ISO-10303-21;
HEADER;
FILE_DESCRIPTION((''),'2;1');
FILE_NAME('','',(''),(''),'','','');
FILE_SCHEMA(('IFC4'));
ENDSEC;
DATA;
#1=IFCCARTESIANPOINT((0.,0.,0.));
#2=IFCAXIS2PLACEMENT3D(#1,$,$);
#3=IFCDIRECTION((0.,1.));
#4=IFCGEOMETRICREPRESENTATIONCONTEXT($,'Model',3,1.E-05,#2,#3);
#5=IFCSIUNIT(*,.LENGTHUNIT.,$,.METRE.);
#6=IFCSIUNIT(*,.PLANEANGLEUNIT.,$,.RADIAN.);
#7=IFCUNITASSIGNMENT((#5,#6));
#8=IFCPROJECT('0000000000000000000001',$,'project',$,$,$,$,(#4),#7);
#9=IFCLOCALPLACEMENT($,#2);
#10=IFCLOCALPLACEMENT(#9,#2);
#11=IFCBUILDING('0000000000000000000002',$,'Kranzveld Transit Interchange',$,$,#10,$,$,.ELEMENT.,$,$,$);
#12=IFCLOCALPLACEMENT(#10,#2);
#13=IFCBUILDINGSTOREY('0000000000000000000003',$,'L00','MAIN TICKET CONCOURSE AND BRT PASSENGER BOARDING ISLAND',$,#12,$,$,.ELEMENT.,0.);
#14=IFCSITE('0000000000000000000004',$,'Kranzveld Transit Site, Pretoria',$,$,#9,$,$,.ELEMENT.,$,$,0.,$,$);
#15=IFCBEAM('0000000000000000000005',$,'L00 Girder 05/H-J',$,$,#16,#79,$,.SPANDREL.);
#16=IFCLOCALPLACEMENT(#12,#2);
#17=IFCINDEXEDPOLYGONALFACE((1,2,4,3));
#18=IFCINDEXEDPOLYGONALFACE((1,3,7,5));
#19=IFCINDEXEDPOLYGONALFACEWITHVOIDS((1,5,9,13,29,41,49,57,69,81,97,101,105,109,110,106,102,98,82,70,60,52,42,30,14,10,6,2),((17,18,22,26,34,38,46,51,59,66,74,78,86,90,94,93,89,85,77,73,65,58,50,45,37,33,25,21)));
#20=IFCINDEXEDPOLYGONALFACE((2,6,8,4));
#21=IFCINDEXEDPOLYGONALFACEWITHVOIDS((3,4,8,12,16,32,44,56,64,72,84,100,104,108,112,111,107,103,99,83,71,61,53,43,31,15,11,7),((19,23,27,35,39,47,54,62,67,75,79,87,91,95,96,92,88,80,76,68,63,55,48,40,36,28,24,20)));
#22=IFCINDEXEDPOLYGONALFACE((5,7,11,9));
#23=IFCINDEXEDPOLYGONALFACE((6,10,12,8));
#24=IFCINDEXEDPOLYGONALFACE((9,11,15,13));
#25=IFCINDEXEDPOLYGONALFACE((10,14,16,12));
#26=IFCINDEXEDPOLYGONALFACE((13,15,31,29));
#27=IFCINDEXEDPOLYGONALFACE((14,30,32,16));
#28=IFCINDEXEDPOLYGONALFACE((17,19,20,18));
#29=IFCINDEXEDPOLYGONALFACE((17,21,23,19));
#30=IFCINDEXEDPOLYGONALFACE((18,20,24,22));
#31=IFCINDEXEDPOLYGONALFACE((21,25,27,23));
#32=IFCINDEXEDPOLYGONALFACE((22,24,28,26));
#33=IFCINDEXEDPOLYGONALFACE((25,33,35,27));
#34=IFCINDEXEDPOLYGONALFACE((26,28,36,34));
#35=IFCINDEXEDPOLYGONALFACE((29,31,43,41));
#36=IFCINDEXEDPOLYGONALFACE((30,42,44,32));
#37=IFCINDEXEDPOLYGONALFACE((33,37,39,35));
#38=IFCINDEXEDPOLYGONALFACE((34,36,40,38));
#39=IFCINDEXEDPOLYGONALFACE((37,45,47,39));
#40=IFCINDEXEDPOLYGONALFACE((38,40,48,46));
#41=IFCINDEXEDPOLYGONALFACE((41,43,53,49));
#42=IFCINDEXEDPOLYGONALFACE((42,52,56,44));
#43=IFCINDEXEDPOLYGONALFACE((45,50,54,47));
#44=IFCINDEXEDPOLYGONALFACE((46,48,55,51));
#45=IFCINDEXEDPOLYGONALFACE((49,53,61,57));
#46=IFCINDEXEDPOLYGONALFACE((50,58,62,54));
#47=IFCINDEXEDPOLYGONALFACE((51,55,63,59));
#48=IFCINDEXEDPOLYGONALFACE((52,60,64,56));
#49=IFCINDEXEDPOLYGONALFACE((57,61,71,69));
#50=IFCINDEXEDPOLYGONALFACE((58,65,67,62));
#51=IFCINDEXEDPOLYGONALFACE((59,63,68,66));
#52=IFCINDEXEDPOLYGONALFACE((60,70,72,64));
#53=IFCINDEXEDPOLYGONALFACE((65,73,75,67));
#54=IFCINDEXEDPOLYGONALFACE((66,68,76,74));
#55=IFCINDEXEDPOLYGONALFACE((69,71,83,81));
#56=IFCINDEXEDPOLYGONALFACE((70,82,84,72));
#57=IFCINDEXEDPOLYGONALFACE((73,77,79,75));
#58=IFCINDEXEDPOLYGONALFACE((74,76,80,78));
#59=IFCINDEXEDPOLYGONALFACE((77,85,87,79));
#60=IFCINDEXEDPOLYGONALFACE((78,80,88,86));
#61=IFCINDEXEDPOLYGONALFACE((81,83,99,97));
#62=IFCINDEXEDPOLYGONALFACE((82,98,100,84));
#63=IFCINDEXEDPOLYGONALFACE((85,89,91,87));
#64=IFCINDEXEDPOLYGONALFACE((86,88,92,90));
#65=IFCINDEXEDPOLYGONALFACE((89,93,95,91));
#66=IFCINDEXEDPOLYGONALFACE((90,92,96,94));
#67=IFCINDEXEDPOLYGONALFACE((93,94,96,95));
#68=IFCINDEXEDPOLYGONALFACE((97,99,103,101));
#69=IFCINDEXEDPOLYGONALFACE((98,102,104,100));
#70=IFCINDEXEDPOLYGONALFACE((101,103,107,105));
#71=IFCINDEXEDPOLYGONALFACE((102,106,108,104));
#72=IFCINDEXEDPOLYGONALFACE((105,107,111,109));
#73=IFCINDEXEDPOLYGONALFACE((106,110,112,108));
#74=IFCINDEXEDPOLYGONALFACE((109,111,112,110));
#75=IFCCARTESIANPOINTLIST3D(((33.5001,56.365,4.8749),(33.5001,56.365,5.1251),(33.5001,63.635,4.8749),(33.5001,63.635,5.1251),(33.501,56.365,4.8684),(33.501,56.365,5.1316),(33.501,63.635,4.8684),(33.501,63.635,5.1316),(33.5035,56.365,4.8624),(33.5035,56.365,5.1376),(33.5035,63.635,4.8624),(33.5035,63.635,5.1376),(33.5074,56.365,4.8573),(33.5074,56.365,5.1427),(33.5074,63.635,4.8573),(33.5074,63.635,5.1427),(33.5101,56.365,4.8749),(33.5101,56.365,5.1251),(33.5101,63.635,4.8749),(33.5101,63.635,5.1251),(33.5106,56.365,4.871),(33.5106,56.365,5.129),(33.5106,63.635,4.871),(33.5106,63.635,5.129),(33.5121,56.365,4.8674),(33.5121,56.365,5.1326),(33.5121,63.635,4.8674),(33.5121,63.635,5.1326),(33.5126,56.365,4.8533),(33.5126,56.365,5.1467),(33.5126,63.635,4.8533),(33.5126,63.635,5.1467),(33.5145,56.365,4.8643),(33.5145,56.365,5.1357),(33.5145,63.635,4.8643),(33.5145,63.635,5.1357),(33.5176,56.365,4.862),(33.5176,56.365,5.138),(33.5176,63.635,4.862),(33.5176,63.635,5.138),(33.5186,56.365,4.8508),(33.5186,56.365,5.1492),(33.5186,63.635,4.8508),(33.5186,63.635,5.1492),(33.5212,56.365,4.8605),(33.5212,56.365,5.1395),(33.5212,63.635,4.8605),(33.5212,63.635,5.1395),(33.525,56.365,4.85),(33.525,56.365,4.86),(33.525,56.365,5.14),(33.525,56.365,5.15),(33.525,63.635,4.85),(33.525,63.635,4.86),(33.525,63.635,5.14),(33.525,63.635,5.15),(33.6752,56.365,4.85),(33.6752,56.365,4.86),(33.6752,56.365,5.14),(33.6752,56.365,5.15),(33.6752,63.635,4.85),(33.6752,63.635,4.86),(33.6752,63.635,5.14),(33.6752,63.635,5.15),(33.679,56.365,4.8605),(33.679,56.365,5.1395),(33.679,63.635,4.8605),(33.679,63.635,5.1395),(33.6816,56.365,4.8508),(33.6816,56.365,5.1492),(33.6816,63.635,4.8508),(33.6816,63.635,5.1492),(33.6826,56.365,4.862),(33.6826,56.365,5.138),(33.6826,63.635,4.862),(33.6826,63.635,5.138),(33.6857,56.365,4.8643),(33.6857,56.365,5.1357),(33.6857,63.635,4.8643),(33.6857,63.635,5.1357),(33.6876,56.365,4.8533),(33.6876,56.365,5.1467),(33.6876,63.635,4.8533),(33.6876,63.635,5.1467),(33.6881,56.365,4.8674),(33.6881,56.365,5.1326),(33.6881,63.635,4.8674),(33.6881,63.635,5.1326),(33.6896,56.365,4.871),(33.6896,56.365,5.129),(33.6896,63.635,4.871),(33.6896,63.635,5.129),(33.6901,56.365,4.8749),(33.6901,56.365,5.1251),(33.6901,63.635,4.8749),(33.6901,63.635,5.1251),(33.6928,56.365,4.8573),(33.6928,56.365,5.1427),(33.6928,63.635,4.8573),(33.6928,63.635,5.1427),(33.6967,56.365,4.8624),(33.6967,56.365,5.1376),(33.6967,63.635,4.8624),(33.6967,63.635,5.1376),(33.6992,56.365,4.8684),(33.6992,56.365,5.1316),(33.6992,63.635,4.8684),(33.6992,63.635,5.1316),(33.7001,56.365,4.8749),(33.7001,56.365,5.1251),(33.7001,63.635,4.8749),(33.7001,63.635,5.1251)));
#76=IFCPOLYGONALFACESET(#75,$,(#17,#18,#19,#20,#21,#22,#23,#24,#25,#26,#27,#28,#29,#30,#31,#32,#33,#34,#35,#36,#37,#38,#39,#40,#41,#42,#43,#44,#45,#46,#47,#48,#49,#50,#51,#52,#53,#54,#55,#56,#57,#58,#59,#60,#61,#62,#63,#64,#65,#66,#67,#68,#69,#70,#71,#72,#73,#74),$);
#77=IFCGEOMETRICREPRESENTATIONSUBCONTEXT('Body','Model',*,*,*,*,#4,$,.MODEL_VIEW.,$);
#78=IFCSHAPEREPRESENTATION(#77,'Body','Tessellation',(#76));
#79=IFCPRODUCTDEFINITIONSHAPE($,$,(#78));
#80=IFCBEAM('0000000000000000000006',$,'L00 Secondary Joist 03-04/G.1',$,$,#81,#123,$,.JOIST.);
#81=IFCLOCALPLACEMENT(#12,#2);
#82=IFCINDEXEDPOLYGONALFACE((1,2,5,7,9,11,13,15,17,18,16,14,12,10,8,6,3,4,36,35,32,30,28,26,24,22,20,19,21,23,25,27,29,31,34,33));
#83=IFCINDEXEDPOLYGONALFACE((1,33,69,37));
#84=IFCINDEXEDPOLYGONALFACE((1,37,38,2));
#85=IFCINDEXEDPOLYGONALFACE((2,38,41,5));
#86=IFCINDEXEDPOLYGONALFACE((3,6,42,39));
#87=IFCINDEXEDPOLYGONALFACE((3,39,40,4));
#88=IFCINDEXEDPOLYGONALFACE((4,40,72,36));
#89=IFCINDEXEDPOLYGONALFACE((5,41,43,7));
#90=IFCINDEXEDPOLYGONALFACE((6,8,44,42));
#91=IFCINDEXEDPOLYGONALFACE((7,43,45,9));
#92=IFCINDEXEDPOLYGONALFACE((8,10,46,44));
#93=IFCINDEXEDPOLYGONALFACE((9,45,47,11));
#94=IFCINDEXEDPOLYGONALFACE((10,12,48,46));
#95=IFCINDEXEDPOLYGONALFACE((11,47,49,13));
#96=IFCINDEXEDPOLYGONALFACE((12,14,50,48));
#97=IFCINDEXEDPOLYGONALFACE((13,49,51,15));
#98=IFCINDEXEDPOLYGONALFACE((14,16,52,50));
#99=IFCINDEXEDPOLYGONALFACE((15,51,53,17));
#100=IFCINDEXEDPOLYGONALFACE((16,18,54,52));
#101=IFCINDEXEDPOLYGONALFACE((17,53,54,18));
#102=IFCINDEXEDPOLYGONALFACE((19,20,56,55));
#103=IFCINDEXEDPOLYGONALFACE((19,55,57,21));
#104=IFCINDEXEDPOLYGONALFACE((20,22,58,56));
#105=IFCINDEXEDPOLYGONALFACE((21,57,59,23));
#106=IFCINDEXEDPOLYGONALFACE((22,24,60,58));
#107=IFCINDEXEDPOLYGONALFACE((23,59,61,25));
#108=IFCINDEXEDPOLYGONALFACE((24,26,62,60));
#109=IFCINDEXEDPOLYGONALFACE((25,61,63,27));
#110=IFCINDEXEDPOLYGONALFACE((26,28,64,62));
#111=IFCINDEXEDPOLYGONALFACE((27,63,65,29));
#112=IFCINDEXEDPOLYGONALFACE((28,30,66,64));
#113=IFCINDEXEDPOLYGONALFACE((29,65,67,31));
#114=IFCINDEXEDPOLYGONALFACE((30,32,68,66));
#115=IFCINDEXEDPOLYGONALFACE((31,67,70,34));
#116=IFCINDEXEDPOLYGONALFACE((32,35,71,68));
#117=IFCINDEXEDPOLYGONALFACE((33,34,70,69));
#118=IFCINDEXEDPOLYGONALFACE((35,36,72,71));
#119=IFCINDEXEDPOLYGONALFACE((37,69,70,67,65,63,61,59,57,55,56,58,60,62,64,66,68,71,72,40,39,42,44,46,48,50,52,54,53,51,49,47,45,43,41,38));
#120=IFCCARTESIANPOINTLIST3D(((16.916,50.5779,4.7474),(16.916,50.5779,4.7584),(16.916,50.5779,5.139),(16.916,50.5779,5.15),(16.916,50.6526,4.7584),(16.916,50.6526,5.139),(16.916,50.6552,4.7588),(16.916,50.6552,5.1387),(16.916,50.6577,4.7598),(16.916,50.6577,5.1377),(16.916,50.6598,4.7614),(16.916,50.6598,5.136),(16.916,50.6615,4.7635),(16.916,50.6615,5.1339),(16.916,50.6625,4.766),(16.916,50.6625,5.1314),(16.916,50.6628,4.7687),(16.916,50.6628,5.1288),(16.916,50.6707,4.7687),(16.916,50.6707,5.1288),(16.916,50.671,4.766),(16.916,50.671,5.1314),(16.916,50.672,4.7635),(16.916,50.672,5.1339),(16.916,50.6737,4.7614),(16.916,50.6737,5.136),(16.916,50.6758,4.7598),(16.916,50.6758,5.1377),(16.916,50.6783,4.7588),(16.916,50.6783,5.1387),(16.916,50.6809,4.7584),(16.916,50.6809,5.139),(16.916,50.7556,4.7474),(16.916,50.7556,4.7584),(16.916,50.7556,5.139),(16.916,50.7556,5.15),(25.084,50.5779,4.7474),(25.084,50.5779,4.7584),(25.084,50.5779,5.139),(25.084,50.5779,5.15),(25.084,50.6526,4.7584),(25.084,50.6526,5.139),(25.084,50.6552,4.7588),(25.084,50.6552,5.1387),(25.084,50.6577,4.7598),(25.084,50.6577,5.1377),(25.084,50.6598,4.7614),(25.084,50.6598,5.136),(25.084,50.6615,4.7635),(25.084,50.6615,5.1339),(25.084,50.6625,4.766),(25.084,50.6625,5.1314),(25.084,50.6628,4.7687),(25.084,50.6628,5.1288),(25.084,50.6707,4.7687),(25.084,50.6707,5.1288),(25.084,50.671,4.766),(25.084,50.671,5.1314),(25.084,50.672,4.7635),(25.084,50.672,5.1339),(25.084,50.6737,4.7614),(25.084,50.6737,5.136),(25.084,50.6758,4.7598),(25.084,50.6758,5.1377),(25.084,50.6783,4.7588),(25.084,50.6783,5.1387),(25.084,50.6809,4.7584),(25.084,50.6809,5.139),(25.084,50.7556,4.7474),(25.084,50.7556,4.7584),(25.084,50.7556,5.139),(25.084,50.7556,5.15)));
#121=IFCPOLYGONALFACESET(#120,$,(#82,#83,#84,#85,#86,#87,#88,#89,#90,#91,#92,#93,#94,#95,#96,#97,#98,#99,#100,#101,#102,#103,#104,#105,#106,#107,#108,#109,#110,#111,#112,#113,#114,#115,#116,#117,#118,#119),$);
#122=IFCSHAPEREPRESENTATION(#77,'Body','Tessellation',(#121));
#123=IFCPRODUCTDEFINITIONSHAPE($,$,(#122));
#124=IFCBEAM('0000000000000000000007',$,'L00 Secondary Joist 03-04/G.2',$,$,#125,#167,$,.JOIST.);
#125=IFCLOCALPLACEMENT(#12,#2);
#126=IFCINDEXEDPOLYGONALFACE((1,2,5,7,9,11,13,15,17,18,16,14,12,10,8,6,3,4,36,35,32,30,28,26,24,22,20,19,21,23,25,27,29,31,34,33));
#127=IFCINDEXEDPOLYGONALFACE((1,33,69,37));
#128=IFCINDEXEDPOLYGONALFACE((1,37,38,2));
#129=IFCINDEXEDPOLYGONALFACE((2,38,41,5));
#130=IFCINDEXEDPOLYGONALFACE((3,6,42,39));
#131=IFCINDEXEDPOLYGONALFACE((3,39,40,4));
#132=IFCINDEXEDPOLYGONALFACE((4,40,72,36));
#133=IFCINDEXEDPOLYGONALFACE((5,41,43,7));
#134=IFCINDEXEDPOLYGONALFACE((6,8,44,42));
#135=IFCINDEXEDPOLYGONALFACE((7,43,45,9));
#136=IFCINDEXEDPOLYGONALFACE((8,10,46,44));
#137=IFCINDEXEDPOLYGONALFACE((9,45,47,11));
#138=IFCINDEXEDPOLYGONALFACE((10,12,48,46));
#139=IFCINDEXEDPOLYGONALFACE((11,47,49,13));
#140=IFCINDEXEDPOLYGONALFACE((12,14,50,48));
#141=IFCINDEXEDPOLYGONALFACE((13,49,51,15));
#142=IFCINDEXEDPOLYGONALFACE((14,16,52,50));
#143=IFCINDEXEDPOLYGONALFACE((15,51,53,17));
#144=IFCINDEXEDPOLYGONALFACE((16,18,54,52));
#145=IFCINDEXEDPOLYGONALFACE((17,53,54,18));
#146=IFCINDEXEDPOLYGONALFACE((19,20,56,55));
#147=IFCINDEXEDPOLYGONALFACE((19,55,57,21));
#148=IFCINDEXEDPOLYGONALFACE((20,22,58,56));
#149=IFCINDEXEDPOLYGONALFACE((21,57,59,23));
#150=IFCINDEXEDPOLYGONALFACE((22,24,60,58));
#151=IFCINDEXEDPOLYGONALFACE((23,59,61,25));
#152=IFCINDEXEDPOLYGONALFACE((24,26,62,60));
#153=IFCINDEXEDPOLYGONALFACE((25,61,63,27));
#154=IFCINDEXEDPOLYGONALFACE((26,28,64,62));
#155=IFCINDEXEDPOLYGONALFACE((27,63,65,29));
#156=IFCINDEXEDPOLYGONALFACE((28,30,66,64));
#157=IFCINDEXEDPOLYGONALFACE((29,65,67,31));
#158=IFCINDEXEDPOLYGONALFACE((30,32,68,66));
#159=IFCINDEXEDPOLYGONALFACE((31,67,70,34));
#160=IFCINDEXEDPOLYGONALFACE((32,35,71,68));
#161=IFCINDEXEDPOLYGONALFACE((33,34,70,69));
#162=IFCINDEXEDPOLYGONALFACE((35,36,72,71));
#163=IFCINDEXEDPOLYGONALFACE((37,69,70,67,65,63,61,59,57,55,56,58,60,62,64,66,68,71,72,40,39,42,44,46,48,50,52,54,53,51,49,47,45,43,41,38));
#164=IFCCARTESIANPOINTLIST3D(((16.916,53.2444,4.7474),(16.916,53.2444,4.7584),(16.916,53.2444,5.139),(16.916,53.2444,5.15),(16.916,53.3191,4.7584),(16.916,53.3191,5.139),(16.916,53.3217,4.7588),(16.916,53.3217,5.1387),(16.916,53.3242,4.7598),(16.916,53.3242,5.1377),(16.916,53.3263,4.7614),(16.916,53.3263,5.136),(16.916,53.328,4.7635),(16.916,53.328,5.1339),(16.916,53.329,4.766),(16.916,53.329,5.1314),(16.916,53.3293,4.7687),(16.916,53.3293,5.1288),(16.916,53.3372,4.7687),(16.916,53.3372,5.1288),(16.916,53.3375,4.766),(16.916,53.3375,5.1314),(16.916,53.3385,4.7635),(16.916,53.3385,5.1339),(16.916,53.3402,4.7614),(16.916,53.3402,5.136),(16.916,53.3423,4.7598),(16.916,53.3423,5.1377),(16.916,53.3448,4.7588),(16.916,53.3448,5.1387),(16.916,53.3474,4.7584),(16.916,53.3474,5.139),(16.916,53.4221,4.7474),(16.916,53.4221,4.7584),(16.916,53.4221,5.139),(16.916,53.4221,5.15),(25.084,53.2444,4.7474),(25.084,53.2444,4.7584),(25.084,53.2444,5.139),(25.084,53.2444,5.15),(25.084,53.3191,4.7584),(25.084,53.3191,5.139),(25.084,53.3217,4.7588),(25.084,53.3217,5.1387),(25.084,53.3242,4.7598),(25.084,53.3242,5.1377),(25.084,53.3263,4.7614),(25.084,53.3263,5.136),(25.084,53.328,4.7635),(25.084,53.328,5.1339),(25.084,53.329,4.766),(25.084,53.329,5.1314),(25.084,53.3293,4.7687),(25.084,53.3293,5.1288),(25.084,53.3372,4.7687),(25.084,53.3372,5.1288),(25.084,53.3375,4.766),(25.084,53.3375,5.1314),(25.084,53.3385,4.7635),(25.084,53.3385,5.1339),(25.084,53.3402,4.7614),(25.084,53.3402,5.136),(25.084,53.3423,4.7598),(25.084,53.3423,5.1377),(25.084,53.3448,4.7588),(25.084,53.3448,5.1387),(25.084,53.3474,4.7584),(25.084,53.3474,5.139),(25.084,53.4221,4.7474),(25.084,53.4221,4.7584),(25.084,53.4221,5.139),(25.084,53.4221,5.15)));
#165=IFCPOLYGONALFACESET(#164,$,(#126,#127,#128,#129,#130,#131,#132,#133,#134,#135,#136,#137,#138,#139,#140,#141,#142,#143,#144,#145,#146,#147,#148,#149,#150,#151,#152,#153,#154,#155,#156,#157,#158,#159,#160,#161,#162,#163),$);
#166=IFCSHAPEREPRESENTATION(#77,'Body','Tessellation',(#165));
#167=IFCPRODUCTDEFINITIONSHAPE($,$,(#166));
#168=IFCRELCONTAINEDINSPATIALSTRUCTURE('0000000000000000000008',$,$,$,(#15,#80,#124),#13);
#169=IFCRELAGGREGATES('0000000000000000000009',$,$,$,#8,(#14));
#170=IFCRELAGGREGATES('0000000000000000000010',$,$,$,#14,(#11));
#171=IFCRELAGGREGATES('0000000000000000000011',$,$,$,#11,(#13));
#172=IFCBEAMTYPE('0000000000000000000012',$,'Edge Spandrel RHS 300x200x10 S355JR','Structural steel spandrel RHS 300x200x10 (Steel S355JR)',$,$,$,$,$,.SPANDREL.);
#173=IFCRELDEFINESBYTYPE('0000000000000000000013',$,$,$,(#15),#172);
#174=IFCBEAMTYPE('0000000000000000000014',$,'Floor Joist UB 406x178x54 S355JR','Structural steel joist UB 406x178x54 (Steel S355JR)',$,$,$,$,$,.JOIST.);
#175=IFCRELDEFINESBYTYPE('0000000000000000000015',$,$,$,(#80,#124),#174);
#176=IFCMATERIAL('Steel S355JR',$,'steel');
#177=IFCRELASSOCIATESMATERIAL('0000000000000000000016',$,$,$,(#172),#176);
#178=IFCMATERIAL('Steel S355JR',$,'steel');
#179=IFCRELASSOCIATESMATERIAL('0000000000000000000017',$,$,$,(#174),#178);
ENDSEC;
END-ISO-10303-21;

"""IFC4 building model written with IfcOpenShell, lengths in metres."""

from ifc_helpers import new_model, si_unit, direction, frame, origin, origin_2d, place, context, subcontext, project, spatial, hollow_rectangle, i_section, extrude, material, material_profile, profile_set, type_object, element, save


model = new_model("IFC4")

# Units and contexts
model_context = context("Model", 3, precision=1e-05, world=origin(), true_north=direction((0.0, 1.0)))
body_context = subcontext(model_context, "Body", "Model", "MODEL_VIEW")
ifc_project = project(units=[si_unit("LENGTHUNIT", "METRE"), si_unit("PLANEANGLEUNIT", "RADIAN")], contexts=[model_context])

# Site, building, storey
site_placement = place(None, origin())
site = spatial("IfcSite", under=ifc_project, at=site_placement, Name="Kranzveld Transit Site, Pretoria", CompositionType="ELEMENT", RefElevation=0.0)
building_placement = place(site_placement, origin())
building = spatial("IfcBuilding", under=site, at=building_placement, Name="Kranzveld Transit Interchange", CompositionType="ELEMENT")
storey_placement = place(building_placement, origin())
storey = spatial("IfcBuildingStorey", under=building, at=storey_placement, Name="L00", Description="MAIN TICKET CONCOURSE AND BRT PASSENGER BOARDING ISLAND", CompositionType="ELEMENT", Elevation=0.0)

# Beams
ifc_material_1 = material(Name="Steel S355JR", Category="steel")
ifc_material_profile_1 = material_profile(ifc_material_1, hollow_rectangle(XDim=0.2, YDim=0.3, WallThickness=0.01, InnerFilletRadius=0.0149, OuterFilletRadius=0.0249, at=origin_2d()), Name="RHS 300x200x10")
ifc_profile_set_1 = profile_set([ifc_material_profile_1], Name="Steel S355JR")
beam_type_1 = type_object("IfcBeamType", Name="Edge Spandrel RHS 300x200x10 S355JR", Description="Structural steel spandrel RHS 300x200x10 (Steel S355JR)", PredefinedType="SPANDREL", material=ifc_profile_set_1)
beam_1_placement = place(storey_placement, frame((33.6001, 56.365, 5.0), z_axis=(0.0, 1.0, 0.0), x_axis=(-1.0, 0.0, 0.0)))
element("IfcBeam", 1, at=beam_1_placement, inside=storey, type_object=beam_type_1, Name="L00 Girder 05/H-J", PredefinedType="SPANDREL", context=body_context, shape_type="SweptSolid", body=[
    extrude(hollow_rectangle(XDim=0.2, YDim=0.3, WallThickness=0.01, InnerFilletRadius=0.0149, OuterFilletRadius=0.0249, at=origin_2d()), origin(), (0.0, 0.0, 1.0), 7.27),
])
ifc_material_2 = material(Name="Steel S355JR", Category="steel")
ifc_material_profile_2 = material_profile(ifc_material_2, i_section(OverallWidth=0.1777, OverallDepth=0.4026, WebThickness=0.0078, FlangeThickness=0.011, FilletRadius=0.0103, at=origin_2d()), Name="UB 406x178x54")
ifc_profile_set_2 = profile_set([ifc_material_profile_2], Name="Steel S355JR")
beam_type_2 = type_object("IfcBeamType", Name="Floor Joist UB 406x178x54 S355JR", Description="Structural steel joist UB 406x178x54 (Steel S355JR)", PredefinedType="JOIST", material=ifc_profile_set_2)
for number, where, z_axis, x_axis, name in (
    (2, (16.916, 50.6667, 4.9487), (1.0, 0.0, 0.0), (0.0, 1.0, 0.0), "L00 Secondary Joist 03-04/G.1"),
    (3, (16.916, 53.3333, 4.9487), (1.0, 0.0, 0.0), (0.0, 1.0, 0.0), "L00 Secondary Joist 03-04/G.2"),
):
    element("IfcBeam", number, at=place(storey_placement, frame(where, z_axis=z_axis, x_axis=x_axis)), inside=storey, type_object=beam_type_2, Name=name, PredefinedType="JOIST", context=body_context, shape_type="SweptSolid", body=[
        extrude(i_section(OverallWidth=0.1777, OverallDepth=0.4026, WebThickness=0.0078, FlangeThickness=0.011, FilletRadius=0.0103, at=origin_2d()), origin(), (0.0, 0.0, 1.0), 8.168),
    ])

save(model, "model.ifc")
